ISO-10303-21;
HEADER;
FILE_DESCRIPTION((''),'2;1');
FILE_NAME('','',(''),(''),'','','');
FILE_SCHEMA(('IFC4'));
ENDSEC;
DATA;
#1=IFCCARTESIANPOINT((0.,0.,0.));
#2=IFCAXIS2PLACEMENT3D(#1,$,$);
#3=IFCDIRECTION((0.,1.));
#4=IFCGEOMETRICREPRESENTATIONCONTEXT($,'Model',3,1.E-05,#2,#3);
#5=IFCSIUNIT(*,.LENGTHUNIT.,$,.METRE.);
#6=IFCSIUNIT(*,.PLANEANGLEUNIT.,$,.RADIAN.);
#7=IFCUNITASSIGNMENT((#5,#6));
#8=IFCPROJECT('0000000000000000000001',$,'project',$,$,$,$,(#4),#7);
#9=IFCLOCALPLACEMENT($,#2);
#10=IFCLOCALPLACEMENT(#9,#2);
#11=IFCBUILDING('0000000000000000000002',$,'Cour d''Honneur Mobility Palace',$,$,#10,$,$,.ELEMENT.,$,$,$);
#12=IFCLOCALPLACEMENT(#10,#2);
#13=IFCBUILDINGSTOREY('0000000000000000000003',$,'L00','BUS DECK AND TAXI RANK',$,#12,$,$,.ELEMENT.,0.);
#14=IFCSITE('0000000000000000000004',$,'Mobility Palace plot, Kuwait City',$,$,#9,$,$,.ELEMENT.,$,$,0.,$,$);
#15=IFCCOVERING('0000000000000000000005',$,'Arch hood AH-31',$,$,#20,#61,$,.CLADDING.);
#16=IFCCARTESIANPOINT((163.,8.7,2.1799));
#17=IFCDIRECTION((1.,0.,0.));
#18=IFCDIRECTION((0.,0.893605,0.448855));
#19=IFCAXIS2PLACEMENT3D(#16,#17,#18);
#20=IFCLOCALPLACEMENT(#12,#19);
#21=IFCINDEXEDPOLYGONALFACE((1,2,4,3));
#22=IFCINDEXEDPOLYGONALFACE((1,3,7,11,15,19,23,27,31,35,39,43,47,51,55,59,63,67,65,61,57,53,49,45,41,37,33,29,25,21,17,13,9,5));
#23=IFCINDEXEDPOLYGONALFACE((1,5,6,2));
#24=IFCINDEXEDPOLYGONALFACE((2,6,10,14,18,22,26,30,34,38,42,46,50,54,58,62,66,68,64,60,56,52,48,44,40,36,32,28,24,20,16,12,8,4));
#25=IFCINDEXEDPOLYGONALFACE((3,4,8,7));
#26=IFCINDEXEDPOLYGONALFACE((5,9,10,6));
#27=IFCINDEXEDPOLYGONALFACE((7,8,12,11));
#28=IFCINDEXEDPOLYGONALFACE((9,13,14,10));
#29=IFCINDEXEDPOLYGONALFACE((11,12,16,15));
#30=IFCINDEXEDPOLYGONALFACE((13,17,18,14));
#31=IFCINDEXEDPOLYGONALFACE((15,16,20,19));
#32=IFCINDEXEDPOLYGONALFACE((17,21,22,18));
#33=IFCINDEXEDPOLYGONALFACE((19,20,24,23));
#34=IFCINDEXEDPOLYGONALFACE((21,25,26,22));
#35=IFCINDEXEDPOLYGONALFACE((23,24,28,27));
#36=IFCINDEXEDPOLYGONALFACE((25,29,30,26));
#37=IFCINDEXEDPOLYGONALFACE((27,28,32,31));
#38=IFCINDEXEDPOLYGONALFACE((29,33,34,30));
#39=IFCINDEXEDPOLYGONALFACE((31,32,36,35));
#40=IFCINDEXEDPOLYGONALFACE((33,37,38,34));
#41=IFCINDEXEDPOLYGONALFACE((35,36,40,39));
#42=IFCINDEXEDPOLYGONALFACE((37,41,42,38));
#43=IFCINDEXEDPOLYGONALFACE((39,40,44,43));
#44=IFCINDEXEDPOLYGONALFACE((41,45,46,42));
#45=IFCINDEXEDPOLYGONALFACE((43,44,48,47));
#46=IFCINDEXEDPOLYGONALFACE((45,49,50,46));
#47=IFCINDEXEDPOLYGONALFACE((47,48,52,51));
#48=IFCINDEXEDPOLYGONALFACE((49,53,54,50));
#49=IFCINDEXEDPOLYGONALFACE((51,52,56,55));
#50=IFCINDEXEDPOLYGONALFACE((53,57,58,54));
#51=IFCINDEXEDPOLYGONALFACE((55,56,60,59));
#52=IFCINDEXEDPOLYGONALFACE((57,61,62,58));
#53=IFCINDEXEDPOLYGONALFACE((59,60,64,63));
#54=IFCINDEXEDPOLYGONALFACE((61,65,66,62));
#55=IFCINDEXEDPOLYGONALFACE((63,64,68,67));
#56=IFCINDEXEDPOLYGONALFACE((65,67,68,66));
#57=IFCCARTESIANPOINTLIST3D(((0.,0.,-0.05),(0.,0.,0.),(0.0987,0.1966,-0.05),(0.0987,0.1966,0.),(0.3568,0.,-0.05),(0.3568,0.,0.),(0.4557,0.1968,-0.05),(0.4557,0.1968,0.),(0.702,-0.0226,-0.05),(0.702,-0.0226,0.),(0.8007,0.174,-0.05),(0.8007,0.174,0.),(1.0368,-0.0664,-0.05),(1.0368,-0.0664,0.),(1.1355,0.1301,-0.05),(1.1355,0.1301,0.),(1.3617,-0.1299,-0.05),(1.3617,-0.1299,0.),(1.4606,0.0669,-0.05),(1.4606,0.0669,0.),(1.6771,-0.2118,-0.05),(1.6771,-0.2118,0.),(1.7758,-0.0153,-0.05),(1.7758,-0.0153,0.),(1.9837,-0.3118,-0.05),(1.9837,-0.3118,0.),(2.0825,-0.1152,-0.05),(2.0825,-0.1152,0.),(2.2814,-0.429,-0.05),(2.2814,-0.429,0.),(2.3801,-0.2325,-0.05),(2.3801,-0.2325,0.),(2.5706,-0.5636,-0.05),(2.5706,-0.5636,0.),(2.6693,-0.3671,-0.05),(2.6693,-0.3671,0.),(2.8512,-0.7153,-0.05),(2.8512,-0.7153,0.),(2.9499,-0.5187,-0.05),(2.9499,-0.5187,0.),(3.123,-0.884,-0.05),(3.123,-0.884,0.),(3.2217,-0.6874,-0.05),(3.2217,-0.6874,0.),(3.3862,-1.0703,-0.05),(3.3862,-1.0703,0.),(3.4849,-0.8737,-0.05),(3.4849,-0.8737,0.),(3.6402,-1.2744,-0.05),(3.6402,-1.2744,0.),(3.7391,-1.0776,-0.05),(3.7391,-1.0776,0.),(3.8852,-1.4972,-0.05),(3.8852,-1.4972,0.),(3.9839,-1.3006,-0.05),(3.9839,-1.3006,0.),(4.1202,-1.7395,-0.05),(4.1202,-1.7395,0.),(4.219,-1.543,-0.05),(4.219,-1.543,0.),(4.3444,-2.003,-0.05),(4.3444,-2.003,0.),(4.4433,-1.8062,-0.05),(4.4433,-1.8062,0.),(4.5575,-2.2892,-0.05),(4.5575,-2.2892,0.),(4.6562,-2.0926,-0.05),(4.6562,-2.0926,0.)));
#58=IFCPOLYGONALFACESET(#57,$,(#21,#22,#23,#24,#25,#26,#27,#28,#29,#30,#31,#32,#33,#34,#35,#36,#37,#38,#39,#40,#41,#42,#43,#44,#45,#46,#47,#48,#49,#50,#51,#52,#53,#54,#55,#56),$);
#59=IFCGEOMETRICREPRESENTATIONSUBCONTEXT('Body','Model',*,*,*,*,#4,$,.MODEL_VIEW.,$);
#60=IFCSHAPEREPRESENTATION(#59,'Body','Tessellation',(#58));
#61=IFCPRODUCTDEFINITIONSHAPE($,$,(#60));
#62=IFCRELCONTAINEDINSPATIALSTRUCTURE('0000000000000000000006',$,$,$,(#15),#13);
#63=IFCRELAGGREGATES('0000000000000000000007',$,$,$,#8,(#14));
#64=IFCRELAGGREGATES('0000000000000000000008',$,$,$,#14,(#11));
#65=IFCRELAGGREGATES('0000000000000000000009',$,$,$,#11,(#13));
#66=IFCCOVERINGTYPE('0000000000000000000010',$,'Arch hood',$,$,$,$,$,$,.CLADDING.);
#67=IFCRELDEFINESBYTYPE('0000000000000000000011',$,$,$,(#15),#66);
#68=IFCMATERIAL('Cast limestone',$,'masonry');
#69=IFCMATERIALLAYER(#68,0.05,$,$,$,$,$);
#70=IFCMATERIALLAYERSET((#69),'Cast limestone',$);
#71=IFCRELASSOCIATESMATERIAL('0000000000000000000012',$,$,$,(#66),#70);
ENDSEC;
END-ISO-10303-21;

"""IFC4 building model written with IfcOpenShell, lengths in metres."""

from ifc_helpers import new_model, si_unit, direction, frame, origin, place, context, subcontext, project, spatial, polyline, outline, extrude, material, layer, layer_set, type_object, element, save


model = new_model("IFC4")

# Units and contexts
model_context = context("Model", 3, precision=1e-05, world=origin(), true_north=direction((0.0, 1.0)))
body_context = subcontext(model_context, "Body", "Model", "MODEL_VIEW")
ifc_project = project(units=[si_unit("LENGTHUNIT", "METRE"), si_unit("PLANEANGLEUNIT", "RADIAN")], contexts=[model_context])

# Site, building, storey
site_placement = place(None, origin())
site = spatial("IfcSite", under=ifc_project, at=site_placement, Name="Mobility Palace plot, Kuwait City", CompositionType="ELEMENT", RefElevation=0.0)
building_placement = place(site_placement, origin())
building = spatial("IfcBuilding", under=site, at=building_placement, Name="Cour d'Honneur Mobility Palace", CompositionType="ELEMENT")
storey_placement = place(building_placement, origin())
storey = spatial("IfcBuildingStorey", under=building, at=storey_placement, Name="L00", Description="BUS DECK AND TAXI RANK", CompositionType="ELEMENT", Elevation=0.0)

# Covering
ifc_material_1 = material(Name="Cast limestone", Category="masonry")
ifc_layer_1 = layer(ifc_material_1, 0.05)
ifc_layer_set_1 = layer_set([ifc_layer_1], Name="Cast limestone")
covering_type_1 = type_object("IfcCoveringType", Name="Arch hood", PredefinedType="CLADDING", material=ifc_layer_set_1)
covering_1_placement = place(storey_placement, frame((163.0, 8.7, 2.1799), z_axis=(1.0, 0.0, 0.0), x_axis=(0.0, 0.893605, 0.448855)))
element("IfcCovering", 1, at=covering_1_placement, inside=storey, type_object=covering_type_1, Name="Arch hood AH-31", PredefinedType="CLADDING", context=body_context, shape_type="SweptSolid", body=[
    extrude(outline(polyline([(0.0, 0.0), (0.3568, 0.0), (0.702, -0.0226), (1.0368, -0.0664), (1.3617, -0.1299), (1.6771, -0.2118), (1.9837, -0.3118), (2.2814, -0.429), (2.5706, -0.5636), (2.8512, -0.7153), (3.123, -0.884), (3.3862, -1.0703), (3.6402, -1.2744), (3.8852, -1.4972), (4.1202, -1.7395), (4.3444, -2.003), (4.5575, -2.2892), (4.6562, -2.0926), (4.4433, -1.8062), (4.219, -1.543), (3.9839, -1.3006), (3.7391, -1.0776), (3.4849, -0.8737), (3.2217, -0.6874), (2.9499, -0.5187), (2.6693, -0.3671), (2.3801, -0.2325), (2.0825, -0.1152), (1.7758, -0.0153), (1.4606, 0.0669), (1.1355, 0.1301), (0.8007, 0.174), (0.4557, 0.1968), (0.0987, 0.1966), (0.0, 0.0)])), origin(), (0.0, 0.0, -1.0), 0.05),
])

save(model, "model.ifc")
